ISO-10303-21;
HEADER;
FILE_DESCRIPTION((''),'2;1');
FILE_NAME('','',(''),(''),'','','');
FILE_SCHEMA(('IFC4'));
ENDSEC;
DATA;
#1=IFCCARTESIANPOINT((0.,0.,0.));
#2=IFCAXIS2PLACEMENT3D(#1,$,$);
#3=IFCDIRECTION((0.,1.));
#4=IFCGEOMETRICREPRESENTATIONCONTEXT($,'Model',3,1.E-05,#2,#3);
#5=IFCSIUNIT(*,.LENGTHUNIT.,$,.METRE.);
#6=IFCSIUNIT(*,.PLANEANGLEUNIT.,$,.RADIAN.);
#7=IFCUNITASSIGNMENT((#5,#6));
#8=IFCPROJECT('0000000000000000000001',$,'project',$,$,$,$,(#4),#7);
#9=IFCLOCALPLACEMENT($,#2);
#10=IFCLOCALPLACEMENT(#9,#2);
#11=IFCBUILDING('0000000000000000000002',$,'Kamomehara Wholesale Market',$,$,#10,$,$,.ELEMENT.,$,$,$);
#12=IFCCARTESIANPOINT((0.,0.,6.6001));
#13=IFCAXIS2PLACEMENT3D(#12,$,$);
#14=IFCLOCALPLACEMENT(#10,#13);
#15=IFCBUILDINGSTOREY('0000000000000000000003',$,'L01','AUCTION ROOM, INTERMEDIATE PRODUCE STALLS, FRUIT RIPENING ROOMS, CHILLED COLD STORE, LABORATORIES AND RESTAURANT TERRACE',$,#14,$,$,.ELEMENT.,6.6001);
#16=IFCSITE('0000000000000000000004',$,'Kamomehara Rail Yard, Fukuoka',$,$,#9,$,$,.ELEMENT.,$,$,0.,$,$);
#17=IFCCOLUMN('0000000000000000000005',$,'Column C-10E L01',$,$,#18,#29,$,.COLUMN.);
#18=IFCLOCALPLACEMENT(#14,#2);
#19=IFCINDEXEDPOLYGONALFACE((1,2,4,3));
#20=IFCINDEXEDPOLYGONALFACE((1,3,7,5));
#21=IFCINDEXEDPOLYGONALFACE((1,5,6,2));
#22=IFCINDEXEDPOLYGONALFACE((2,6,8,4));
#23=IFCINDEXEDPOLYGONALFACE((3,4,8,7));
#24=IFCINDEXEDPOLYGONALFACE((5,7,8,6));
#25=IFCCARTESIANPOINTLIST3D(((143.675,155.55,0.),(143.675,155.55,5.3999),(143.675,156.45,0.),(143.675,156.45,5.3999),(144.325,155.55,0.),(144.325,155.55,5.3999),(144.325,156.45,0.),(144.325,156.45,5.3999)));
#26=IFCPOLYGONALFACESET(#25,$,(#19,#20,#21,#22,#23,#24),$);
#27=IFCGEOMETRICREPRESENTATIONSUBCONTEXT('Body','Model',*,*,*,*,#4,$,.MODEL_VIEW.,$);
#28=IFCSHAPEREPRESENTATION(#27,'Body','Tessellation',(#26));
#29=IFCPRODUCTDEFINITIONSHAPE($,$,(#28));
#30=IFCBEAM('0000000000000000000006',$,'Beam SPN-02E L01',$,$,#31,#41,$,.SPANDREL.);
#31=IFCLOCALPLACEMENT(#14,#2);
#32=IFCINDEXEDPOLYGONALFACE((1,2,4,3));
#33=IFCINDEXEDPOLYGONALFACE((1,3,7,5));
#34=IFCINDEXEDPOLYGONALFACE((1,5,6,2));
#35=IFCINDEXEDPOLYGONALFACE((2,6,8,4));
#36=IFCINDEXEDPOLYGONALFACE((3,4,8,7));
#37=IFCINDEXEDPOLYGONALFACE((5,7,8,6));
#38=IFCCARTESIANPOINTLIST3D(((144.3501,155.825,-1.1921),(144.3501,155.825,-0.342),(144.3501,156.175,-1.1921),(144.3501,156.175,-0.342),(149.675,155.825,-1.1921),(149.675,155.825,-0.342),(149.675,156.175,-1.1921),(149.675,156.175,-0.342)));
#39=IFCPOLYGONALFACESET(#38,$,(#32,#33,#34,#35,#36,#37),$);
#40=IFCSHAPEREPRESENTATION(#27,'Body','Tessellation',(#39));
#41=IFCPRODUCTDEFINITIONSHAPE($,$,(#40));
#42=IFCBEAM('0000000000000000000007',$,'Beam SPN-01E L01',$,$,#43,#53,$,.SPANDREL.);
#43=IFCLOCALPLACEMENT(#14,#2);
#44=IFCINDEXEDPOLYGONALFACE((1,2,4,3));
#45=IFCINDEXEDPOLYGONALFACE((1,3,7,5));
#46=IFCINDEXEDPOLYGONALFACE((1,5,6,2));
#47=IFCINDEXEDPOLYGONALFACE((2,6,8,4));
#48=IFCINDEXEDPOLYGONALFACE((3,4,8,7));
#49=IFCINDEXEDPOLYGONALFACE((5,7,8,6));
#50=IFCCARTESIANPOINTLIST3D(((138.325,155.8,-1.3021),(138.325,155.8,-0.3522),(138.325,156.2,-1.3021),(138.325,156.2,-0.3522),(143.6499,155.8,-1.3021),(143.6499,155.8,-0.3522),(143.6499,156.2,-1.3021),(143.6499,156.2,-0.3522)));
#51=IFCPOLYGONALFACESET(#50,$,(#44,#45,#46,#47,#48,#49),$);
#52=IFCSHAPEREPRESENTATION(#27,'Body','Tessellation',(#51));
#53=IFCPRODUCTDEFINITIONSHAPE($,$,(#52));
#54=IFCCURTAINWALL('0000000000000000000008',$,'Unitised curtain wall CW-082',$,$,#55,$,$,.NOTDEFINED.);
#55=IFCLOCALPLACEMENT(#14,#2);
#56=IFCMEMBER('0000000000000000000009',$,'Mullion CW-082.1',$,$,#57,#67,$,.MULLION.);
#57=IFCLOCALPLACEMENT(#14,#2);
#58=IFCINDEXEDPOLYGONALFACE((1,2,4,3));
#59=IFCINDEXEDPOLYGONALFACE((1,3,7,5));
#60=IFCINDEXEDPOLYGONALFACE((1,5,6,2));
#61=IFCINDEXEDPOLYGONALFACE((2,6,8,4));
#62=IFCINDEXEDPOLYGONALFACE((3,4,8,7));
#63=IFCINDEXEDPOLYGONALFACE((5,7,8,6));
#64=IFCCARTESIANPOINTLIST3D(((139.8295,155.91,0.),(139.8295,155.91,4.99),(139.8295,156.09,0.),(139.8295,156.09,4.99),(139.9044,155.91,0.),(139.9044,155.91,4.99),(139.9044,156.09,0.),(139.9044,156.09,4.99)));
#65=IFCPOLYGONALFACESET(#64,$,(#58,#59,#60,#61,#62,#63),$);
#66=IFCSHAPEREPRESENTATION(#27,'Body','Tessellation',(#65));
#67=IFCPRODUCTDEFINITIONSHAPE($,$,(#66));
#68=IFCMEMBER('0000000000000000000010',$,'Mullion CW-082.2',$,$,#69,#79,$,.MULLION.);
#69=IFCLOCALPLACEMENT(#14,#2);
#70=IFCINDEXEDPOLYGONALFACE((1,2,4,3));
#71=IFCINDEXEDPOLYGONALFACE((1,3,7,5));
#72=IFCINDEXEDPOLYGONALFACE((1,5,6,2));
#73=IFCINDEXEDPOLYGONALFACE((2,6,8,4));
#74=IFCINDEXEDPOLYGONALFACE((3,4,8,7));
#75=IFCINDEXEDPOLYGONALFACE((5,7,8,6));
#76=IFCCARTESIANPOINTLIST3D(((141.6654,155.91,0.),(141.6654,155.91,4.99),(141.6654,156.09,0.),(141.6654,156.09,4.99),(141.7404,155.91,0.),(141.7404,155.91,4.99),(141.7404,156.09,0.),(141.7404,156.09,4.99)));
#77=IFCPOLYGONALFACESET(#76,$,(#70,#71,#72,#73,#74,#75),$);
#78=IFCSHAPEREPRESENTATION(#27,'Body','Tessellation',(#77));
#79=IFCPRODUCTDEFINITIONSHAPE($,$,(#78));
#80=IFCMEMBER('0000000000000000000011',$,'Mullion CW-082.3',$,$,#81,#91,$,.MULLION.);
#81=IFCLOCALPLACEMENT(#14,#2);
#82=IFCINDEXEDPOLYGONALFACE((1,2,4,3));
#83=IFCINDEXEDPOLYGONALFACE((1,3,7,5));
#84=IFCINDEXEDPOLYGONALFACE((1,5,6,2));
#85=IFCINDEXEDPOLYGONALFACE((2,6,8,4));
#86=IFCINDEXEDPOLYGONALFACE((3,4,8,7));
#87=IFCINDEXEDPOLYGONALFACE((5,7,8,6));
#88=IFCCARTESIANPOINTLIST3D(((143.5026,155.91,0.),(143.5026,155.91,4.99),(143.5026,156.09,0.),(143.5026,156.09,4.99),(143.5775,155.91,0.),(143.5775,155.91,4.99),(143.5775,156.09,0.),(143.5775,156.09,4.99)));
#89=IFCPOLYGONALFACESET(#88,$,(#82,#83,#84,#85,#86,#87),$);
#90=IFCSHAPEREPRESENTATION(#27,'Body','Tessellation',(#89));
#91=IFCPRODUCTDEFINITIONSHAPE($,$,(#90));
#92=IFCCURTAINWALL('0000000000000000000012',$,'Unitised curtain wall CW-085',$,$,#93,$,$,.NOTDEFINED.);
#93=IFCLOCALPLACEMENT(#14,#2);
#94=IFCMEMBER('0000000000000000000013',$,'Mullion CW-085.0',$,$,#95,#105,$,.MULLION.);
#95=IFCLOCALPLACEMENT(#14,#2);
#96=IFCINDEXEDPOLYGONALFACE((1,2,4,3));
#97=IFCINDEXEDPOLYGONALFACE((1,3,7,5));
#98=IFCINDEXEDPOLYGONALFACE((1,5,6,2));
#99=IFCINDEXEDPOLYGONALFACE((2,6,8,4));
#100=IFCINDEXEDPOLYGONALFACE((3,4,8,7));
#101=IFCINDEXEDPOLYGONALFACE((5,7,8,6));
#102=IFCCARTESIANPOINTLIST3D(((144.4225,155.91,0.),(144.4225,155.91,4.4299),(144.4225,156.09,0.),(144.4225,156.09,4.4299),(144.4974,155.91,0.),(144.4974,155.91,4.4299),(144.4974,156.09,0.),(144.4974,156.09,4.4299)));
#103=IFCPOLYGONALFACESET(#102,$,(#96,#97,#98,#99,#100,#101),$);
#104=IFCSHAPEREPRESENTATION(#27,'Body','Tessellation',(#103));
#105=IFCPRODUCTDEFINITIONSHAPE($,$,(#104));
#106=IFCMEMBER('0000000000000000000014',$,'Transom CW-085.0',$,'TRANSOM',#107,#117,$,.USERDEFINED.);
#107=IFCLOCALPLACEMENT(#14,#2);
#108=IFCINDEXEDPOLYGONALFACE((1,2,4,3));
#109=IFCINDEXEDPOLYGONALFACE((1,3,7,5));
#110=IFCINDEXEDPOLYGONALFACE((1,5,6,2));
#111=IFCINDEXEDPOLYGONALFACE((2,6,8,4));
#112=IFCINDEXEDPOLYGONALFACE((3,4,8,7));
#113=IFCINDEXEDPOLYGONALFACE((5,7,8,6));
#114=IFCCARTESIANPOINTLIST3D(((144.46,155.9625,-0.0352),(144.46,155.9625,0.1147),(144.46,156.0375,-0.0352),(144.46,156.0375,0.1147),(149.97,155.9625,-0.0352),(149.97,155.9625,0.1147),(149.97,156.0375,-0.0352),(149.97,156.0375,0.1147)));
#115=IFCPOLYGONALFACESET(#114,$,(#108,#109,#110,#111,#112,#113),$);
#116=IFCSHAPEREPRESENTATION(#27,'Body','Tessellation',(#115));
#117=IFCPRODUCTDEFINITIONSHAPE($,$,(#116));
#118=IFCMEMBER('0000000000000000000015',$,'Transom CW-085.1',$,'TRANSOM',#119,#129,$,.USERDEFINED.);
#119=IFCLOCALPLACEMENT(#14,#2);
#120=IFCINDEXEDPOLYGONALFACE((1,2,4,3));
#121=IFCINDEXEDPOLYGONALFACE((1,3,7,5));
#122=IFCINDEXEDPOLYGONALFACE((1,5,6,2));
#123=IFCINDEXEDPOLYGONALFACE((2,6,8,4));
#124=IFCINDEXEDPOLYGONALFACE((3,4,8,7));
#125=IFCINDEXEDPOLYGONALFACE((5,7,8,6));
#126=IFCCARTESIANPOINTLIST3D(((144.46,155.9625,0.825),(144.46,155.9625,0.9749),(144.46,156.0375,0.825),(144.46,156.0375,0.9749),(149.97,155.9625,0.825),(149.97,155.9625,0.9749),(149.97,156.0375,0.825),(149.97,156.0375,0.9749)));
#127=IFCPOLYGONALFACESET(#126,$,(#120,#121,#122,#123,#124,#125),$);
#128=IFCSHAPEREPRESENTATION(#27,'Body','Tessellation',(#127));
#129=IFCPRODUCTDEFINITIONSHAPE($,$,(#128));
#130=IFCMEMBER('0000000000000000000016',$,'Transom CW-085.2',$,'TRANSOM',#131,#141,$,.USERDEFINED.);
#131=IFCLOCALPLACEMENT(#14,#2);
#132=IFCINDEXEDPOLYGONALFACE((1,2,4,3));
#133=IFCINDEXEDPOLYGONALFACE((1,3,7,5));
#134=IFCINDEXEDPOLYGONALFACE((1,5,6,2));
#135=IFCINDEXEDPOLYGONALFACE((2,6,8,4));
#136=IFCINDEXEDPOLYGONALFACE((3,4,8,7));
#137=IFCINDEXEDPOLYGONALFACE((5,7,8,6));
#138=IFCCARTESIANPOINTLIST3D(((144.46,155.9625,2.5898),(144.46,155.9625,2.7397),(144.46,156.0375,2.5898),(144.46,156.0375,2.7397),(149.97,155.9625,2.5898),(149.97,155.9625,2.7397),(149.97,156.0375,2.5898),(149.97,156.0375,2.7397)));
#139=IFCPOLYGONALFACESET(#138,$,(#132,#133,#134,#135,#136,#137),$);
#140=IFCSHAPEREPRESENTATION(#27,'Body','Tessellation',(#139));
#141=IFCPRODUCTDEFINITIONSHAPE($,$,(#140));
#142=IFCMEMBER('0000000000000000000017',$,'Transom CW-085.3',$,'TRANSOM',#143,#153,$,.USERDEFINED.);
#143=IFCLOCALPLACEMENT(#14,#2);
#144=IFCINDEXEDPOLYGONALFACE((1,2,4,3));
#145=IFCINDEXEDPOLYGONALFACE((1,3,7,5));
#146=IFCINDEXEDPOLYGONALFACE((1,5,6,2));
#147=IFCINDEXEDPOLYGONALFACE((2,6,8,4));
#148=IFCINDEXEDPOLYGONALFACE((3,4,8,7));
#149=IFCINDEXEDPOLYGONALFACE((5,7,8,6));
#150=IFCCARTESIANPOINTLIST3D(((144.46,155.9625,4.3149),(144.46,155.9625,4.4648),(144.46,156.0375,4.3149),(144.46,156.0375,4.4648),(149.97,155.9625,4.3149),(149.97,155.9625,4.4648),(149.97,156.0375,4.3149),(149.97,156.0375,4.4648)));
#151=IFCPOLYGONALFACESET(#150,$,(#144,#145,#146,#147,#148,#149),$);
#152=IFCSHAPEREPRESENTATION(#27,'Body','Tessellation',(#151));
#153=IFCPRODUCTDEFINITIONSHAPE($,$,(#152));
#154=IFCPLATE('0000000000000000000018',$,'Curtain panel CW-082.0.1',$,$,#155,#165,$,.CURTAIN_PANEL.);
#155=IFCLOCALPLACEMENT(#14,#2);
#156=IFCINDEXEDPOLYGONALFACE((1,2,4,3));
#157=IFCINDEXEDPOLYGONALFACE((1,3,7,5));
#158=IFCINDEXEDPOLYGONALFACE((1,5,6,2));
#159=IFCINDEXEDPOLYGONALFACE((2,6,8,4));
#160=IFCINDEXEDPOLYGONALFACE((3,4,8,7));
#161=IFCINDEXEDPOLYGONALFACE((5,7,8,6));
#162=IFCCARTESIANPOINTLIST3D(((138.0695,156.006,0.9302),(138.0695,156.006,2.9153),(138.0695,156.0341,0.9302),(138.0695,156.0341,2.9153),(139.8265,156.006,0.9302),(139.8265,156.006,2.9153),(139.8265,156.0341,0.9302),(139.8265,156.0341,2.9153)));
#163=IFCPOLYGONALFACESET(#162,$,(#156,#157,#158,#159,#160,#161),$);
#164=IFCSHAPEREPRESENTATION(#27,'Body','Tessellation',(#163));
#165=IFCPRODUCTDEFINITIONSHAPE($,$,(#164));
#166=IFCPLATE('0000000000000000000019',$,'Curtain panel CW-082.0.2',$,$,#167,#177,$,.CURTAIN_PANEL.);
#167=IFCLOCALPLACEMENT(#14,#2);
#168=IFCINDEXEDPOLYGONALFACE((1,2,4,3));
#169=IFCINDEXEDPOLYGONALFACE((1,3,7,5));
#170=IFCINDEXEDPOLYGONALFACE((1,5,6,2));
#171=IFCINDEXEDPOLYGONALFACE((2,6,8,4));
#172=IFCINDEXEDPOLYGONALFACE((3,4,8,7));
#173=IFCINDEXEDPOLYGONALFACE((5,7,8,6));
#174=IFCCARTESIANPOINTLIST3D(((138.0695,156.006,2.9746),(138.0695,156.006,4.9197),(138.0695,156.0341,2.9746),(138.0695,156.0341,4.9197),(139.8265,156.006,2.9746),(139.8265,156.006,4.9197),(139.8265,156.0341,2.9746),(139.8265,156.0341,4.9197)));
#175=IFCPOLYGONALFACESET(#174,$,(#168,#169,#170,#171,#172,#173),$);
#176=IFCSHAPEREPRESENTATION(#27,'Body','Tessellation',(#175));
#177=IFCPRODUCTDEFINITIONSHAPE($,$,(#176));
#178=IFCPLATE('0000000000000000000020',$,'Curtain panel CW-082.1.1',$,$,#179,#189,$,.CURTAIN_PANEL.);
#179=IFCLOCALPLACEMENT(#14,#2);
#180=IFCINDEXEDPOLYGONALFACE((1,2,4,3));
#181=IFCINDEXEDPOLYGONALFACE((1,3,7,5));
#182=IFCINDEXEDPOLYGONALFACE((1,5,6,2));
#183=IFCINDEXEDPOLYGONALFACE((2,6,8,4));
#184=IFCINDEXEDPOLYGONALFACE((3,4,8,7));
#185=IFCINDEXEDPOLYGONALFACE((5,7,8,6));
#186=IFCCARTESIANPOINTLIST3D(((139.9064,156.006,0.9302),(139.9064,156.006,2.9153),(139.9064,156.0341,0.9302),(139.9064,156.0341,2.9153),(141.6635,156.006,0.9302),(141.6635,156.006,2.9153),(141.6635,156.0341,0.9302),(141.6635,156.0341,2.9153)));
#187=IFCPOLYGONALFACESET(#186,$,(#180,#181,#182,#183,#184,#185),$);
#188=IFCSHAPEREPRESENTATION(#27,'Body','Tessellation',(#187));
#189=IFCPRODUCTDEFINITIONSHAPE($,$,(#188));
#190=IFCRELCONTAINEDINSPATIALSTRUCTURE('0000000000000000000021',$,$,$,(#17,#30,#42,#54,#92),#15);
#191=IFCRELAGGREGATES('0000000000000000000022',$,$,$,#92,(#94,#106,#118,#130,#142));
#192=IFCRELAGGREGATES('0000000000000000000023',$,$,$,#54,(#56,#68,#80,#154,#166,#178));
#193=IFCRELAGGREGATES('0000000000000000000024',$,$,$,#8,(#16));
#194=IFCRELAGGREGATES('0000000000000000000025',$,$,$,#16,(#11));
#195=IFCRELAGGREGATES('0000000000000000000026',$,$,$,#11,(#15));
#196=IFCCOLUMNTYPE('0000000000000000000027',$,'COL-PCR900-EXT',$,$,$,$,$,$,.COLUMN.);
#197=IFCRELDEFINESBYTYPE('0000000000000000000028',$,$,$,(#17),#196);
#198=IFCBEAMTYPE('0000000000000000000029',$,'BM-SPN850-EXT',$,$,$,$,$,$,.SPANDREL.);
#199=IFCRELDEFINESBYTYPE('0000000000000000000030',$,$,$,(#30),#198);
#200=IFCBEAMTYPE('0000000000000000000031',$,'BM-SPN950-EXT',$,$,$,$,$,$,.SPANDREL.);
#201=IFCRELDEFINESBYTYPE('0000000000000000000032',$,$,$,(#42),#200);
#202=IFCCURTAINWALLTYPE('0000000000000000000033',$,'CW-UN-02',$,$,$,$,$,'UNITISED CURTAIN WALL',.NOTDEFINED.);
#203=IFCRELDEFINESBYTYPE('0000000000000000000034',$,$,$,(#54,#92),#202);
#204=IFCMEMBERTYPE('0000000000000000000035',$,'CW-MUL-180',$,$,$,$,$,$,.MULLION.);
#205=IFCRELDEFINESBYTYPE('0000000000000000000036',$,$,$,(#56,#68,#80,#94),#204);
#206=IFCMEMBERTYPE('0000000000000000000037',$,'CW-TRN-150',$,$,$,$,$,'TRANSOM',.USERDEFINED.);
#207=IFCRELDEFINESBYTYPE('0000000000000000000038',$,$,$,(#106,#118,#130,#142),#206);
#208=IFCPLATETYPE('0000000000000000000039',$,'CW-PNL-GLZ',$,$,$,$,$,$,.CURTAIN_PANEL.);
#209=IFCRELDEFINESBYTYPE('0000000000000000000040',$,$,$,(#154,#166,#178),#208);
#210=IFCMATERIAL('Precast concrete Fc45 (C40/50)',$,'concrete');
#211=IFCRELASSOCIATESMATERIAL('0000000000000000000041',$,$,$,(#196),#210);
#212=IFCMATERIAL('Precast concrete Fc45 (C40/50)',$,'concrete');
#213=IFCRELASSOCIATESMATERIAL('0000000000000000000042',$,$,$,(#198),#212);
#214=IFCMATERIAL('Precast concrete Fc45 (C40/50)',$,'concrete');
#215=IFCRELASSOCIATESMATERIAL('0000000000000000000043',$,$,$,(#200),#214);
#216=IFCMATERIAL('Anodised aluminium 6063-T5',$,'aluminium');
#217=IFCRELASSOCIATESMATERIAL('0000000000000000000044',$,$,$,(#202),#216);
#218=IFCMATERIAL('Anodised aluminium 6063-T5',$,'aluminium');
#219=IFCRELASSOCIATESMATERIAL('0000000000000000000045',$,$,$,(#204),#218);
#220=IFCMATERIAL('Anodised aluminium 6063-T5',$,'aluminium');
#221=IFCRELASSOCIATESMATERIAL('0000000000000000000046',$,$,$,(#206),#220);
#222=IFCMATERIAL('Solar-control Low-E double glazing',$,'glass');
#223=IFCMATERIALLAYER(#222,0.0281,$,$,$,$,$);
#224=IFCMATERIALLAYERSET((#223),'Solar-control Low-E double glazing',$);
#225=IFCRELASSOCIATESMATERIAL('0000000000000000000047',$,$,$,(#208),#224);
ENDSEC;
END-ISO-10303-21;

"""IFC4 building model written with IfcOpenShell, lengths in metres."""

from ifc_helpers import new_model, si_unit, direction, frame, origin, origin_2d, place, context, subcontext, project, spatial, rectangle, extrude, material, layer, layer_set, material_profile, profile_set, type_object, element, aggregate, save


model = new_model("IFC4")

# Units and contexts
model_context = context("Model", 3, precision=1e-05, world=origin(), true_north=direction((0.0, 1.0)))
body_context = subcontext(model_context, "Body", "Model", "MODEL_VIEW")
ifc_project = project(units=[si_unit("LENGTHUNIT", "METRE"), si_unit("PLANEANGLEUNIT", "RADIAN")], contexts=[model_context])

# Site, building, storey
site_placement = place(None, origin())
site = spatial("IfcSite", under=ifc_project, at=site_placement, Name="Kamomehara Rail Yard, Fukuoka", CompositionType="ELEMENT", RefElevation=0.0)
building_placement = place(site_placement, origin())
building = spatial("IfcBuilding", under=site, at=building_placement, Name="Kamomehara Wholesale Market", CompositionType="ELEMENT")
storey_placement = place(building_placement, frame((0.0, 0.0, 6.6001)))
storey = spatial("IfcBuildingStorey", under=building, at=storey_placement, Name="L01", Description="AUCTION ROOM, INTERMEDIATE PRODUCE STALLS, FRUIT RIPENING ROOMS, CHILLED COLD STORE, LABORATORIES AND RESTAURANT TERRACE", CompositionType="ELEMENT", Elevation=6.6001)

# Column
ifc_material_1 = material(Name="Precast concrete Fc45 (C40/50)", Category="concrete")
ifc_material_profile_1 = material_profile(ifc_material_1, rectangle(XDim=0.6499, YDim=0.8999, at=origin_2d()), Name="PC-COL-650x900")
ifc_profile_set_1 = profile_set([ifc_material_profile_1], Name="Precast concrete Fc45 (C40/50)")
column_type = type_object("IfcColumnType", Name="COL-PCR900-EXT", PredefinedType="COLUMN", material=ifc_profile_set_1)
column_placement = place(storey_placement, frame((144.0, 156.0, 0.0), z_axis=(0.0, 0.0, 1.0), x_axis=(1.0, 0.0, 0.0)))
element("IfcColumn", 1, at=column_placement, inside=storey, type_object=column_type, Name="Column C-10E L01", PredefinedType="COLUMN", context=body_context, shape_type="SweptSolid", body=[
    extrude(rectangle(XDim=0.6499, YDim=0.8999, at=origin_2d()), origin(), (0.0, 0.0, 1.0), 5.3999),
])

# Beams
ifc_material_2 = material(Name="Precast concrete Fc45 (C40/50)", Category="concrete")
ifc_material_profile_2 = material_profile(ifc_material_2, rectangle(XDim=0.3501, YDim=0.8501, at=origin_2d()), Name="PC-SPN-350x850")
ifc_profile_set_2 = profile_set([ifc_material_profile_2], Name="Precast concrete Fc45 (C40/50)")
beam_type_1 = type_object("IfcBeamType", Name="BM-SPN850-EXT", PredefinedType="SPANDREL", material=ifc_profile_set_2)
beam_1_placement = place(storey_placement, frame((144.3501, 156.0, -0.7671), z_axis=(1.0, 0.0, 0.0), x_axis=(0.0, 1.0, 0.0)))
element("IfcBeam", 2, at=beam_1_placement, inside=storey, type_object=beam_type_1, Name="Beam SPN-02E L01", PredefinedType="SPANDREL", context=body_context, shape_type="SweptSolid", body=[
    extrude(rectangle(XDim=0.3501, YDim=0.8501, at=origin_2d()), origin(), (0.0, 0.0, 1.0), 5.325),
])
ifc_material_3 = material(Name="Precast concrete Fc45 (C40/50)", Category="concrete")
ifc_material_profile_3 = material_profile(ifc_material_3, rectangle(XDim=0.3999, YDim=0.95, at=origin_2d()), Name="PC-SPN-400x950")
ifc_profile_set_3 = profile_set([ifc_material_profile_3], Name="Precast concrete Fc45 (C40/50)")
beam_type_2 = type_object("IfcBeamType", Name="BM-SPN950-EXT", PredefinedType="SPANDREL", material=ifc_profile_set_3)
beam_2_placement = place(storey_placement, frame((138.325, 156.0, -0.8271), z_axis=(1.0, 0.0, 0.0), x_axis=(0.0, 1.0, 0.0)))
element("IfcBeam", 3, at=beam_2_placement, inside=storey, type_object=beam_type_2, Name="Beam SPN-01E L01", PredefinedType="SPANDREL", context=body_context, shape_type="SweptSolid", body=[
    extrude(rectangle(XDim=0.3999, YDim=0.95, at=origin_2d()), origin(), (0.0, 0.0, 1.0), 5.325),
])

# Curtain walls, members
ifc_material_4 = material(Name="Anodised aluminium 6063-T5", Category="aluminium")
curtain_wall_type = type_object("IfcCurtainWallType", Name="CW-UN-02", ElementType="UNITISED CURTAIN WALL", PredefinedType="NOTDEFINED", material=ifc_material_4)
curtain_wall_1_placement = place(storey_placement, origin())
curtain_wall_1 = element("IfcCurtainWall", 4, at=curtain_wall_1_placement, inside=storey, type_object=curtain_wall_type, Name="Unitised curtain wall CW-082", PredefinedType="NOTDEFINED")
ifc_material_5 = material(Name="Anodised aluminium 6063-T5", Category="aluminium")
ifc_material_profile_4 = material_profile(ifc_material_5, rectangle(XDim=0.075, YDim=0.1799, at=origin_2d()), Name="ALU-MUL-75x180")
ifc_profile_set_4 = profile_set([ifc_material_profile_4], Name="Anodised aluminium 6063-T5")
member_type_1 = type_object("IfcMemberType", Name="CW-MUL-180", PredefinedType="MULLION", material=ifc_profile_set_4)
member_1_placement = place(storey_placement, frame((139.8669, 156.0, 0.0), z_axis=(0.0, 0.0, 1.0), x_axis=(1.0, 0.0, 0.0)))
member_1 = element("IfcMember", 5, at=member_1_placement, type_object=member_type_1, Name="Mullion CW-082.1", PredefinedType="MULLION", context=body_context, shape_type="SweptSolid", body=[
    extrude(rectangle(XDim=0.075, YDim=0.1799, at=origin_2d()), origin(), (0.0, 0.0, 1.0), 4.99),
])
member_2_placement = place(storey_placement, frame((141.7029, 156.0, 0.0), z_axis=(0.0, 0.0, 1.0), x_axis=(1.0, 0.0, 0.0)))
member_2 = element("IfcMember", 6, at=member_2_placement, type_object=member_type_1, Name="Mullion CW-082.2", PredefinedType="MULLION", context=body_context, shape_type="SweptSolid", body=[
    extrude(rectangle(XDim=0.075, YDim=0.1799, at=origin_2d()), origin(), (0.0, 0.0, 1.0), 4.99),
])
member_3_placement = place(storey_placement, frame((143.54, 156.0, 0.0), z_axis=(0.0, 0.0, 1.0), x_axis=(1.0, 0.0, 0.0)))
member_3 = element("IfcMember", 7, at=member_3_placement, type_object=member_type_1, Name="Mullion CW-082.3", PredefinedType="MULLION", context=body_context, shape_type="SweptSolid", body=[
    extrude(rectangle(XDim=0.075, YDim=0.1799, at=origin_2d()), origin(), (0.0, 0.0, 1.0), 4.99),
])
curtain_wall_2_placement = place(storey_placement, origin())
curtain_wall_2 = element("IfcCurtainWall", 8, at=curtain_wall_2_placement, inside=storey, type_object=curtain_wall_type, Name="Unitised curtain wall CW-085", PredefinedType="NOTDEFINED")
member_4_placement = place(storey_placement, frame((144.46, 156.0, 0.0), z_axis=(0.0, 0.0, 1.0), x_axis=(1.0, 0.0, 0.0)))
member_4 = element("IfcMember", 9, at=member_4_placement, type_object=member_type_1, Name="Mullion CW-085.0", PredefinedType="MULLION", context=body_context, shape_type="SweptSolid", body=[
    extrude(rectangle(XDim=0.075, YDim=0.1799, at=origin_2d()), origin(), (0.0, 0.0, 1.0), 4.4299),
])
ifc_material_6 = material(Name="Anodised aluminium 6063-T5", Category="aluminium")
ifc_material_profile_5 = material_profile(ifc_material_6, rectangle(XDim=0.075, YDim=0.1499, at=origin_2d()), Name="ALU-TRN-75x150")
ifc_profile_set_5 = profile_set([ifc_material_profile_5], Name="Anodised aluminium 6063-T5")
member_type_2 = type_object("IfcMemberType", Name="CW-TRN-150", ElementType="TRANSOM", PredefinedType="USERDEFINED", material=ifc_profile_set_5)
member_5_placement = place(storey_placement, frame((144.46, 156.0, 0.0398), z_axis=(1.0, 0.0, 0.0), x_axis=(0.0, 1.0, 0.0)))
member_5 = element("IfcMember", 10, at=member_5_placement, type_object=member_type_2, Name="Transom CW-085.0", ObjectType="TRANSOM", PredefinedType="USERDEFINED", context=body_context, shape_type="SweptSolid", body=[
    extrude(rectangle(XDim=0.075, YDim=0.1499, at=origin_2d()), origin(), (0.0, 0.0, 1.0), 5.51),
])
member_6_placement = place(storey_placement, frame((144.46, 156.0, 0.8999), z_axis=(1.0, 0.0, 0.0), x_axis=(0.0, 1.0, 0.0)))
member_6 = element("IfcMember", 11, at=member_6_placement, type_object=member_type_2, Name="Transom CW-085.1", ObjectType="TRANSOM", PredefinedType="USERDEFINED", context=body_context, shape_type="SweptSolid", body=[
    extrude(rectangle(XDim=0.075, YDim=0.1499, at=origin_2d()), origin(), (0.0, 0.0, 1.0), 5.51),
])
member_7_placement = place(storey_placement, frame((144.46, 156.0, 2.6648), z_axis=(1.0, 0.0, 0.0), x_axis=(0.0, 1.0, 0.0)))
member_7 = element("IfcMember", 12, at=member_7_placement, type_object=member_type_2, Name="Transom CW-085.2", ObjectType="TRANSOM", PredefinedType="USERDEFINED", context=body_context, shape_type="SweptSolid", body=[
    extrude(rectangle(XDim=0.075, YDim=0.1499, at=origin_2d()), origin(), (0.0, 0.0, 1.0), 5.51),
])
member_8_placement = place(storey_placement, frame((144.46, 156.0, 4.3899), z_axis=(1.0, 0.0, 0.0), x_axis=(0.0, 1.0, 0.0)))
member_8 = element("IfcMember", 13, at=member_8_placement, type_object=member_type_2, Name="Transom CW-085.3", ObjectType="TRANSOM", PredefinedType="USERDEFINED", context=body_context, shape_type="SweptSolid", body=[
    extrude(rectangle(XDim=0.075, YDim=0.1499, at=origin_2d()), origin(), (0.0, 0.0, 1.0), 5.51),
])
aggregate(curtain_wall_2, [member_4, member_5, member_6, member_7, member_8])

# Plates
ifc_material_7 = material(Name="Solar-control Low-E double glazing", Category="glass")
ifc_layer_1 = layer(ifc_material_7, 0.0281)
ifc_layer_set_1 = layer_set([ifc_layer_1], Name="Solar-control Low-E double glazing")
plate_type_1 = type_object("IfcPlateType", Name="CW-PNL-GLZ", PredefinedType="CURTAIN_PANEL", material=ifc_layer_set_1)
plate_1_placement = place(storey_placement, frame((138.948, 156.02, 0.9302), z_axis=(0.0, 0.0, 1.0), x_axis=(1.0, 0.0, 0.0)))
plate_1 = element("IfcPlate", 14, at=plate_1_placement, type_object=plate_type_1, Name="Curtain panel CW-082.0.1", PredefinedType="CURTAIN_PANEL", context=body_context, shape_type="SweptSolid", body=[
    extrude(rectangle(XDim=1.7571, YDim=0.0281, at=origin_2d()), origin(), (0.0, 0.0, 1.0), 1.9851),
])
plate_2_placement = place(storey_placement, frame((138.948, 156.02, 2.9746), z_axis=(0.0, 0.0, 1.0), x_axis=(1.0, 0.0, 0.0)))
plate_2 = element("IfcPlate", 15, at=plate_2_placement, type_object=plate_type_1, Name="Curtain panel CW-082.0.2", PredefinedType="CURTAIN_PANEL", context=body_context, shape_type="SweptSolid", body=[
    extrude(rectangle(XDim=1.7571, YDim=0.0281, at=origin_2d()), origin(), (0.0, 0.0, 1.0), 1.9451),
])
plate_3_placement = place(storey_placement, frame((140.7849, 156.02, 0.9302), z_axis=(0.0, 0.0, 1.0), x_axis=(1.0, 0.0, 0.0)))
plate_3 = element("IfcPlate", 16, at=plate_3_placement, type_object=plate_type_1, Name="Curtain panel CW-082.1.1", PredefinedType="CURTAIN_PANEL", context=body_context, shape_type="SweptSolid", body=[
    extrude(rectangle(XDim=1.7571, YDim=0.0281, at=origin_2d()), origin(), (0.0, 0.0, 1.0), 1.9851),
])
aggregate(curtain_wall_1, [member_1, member_2, member_3, plate_1, plate_2, plate_3])

save(model, "model.ifc")
